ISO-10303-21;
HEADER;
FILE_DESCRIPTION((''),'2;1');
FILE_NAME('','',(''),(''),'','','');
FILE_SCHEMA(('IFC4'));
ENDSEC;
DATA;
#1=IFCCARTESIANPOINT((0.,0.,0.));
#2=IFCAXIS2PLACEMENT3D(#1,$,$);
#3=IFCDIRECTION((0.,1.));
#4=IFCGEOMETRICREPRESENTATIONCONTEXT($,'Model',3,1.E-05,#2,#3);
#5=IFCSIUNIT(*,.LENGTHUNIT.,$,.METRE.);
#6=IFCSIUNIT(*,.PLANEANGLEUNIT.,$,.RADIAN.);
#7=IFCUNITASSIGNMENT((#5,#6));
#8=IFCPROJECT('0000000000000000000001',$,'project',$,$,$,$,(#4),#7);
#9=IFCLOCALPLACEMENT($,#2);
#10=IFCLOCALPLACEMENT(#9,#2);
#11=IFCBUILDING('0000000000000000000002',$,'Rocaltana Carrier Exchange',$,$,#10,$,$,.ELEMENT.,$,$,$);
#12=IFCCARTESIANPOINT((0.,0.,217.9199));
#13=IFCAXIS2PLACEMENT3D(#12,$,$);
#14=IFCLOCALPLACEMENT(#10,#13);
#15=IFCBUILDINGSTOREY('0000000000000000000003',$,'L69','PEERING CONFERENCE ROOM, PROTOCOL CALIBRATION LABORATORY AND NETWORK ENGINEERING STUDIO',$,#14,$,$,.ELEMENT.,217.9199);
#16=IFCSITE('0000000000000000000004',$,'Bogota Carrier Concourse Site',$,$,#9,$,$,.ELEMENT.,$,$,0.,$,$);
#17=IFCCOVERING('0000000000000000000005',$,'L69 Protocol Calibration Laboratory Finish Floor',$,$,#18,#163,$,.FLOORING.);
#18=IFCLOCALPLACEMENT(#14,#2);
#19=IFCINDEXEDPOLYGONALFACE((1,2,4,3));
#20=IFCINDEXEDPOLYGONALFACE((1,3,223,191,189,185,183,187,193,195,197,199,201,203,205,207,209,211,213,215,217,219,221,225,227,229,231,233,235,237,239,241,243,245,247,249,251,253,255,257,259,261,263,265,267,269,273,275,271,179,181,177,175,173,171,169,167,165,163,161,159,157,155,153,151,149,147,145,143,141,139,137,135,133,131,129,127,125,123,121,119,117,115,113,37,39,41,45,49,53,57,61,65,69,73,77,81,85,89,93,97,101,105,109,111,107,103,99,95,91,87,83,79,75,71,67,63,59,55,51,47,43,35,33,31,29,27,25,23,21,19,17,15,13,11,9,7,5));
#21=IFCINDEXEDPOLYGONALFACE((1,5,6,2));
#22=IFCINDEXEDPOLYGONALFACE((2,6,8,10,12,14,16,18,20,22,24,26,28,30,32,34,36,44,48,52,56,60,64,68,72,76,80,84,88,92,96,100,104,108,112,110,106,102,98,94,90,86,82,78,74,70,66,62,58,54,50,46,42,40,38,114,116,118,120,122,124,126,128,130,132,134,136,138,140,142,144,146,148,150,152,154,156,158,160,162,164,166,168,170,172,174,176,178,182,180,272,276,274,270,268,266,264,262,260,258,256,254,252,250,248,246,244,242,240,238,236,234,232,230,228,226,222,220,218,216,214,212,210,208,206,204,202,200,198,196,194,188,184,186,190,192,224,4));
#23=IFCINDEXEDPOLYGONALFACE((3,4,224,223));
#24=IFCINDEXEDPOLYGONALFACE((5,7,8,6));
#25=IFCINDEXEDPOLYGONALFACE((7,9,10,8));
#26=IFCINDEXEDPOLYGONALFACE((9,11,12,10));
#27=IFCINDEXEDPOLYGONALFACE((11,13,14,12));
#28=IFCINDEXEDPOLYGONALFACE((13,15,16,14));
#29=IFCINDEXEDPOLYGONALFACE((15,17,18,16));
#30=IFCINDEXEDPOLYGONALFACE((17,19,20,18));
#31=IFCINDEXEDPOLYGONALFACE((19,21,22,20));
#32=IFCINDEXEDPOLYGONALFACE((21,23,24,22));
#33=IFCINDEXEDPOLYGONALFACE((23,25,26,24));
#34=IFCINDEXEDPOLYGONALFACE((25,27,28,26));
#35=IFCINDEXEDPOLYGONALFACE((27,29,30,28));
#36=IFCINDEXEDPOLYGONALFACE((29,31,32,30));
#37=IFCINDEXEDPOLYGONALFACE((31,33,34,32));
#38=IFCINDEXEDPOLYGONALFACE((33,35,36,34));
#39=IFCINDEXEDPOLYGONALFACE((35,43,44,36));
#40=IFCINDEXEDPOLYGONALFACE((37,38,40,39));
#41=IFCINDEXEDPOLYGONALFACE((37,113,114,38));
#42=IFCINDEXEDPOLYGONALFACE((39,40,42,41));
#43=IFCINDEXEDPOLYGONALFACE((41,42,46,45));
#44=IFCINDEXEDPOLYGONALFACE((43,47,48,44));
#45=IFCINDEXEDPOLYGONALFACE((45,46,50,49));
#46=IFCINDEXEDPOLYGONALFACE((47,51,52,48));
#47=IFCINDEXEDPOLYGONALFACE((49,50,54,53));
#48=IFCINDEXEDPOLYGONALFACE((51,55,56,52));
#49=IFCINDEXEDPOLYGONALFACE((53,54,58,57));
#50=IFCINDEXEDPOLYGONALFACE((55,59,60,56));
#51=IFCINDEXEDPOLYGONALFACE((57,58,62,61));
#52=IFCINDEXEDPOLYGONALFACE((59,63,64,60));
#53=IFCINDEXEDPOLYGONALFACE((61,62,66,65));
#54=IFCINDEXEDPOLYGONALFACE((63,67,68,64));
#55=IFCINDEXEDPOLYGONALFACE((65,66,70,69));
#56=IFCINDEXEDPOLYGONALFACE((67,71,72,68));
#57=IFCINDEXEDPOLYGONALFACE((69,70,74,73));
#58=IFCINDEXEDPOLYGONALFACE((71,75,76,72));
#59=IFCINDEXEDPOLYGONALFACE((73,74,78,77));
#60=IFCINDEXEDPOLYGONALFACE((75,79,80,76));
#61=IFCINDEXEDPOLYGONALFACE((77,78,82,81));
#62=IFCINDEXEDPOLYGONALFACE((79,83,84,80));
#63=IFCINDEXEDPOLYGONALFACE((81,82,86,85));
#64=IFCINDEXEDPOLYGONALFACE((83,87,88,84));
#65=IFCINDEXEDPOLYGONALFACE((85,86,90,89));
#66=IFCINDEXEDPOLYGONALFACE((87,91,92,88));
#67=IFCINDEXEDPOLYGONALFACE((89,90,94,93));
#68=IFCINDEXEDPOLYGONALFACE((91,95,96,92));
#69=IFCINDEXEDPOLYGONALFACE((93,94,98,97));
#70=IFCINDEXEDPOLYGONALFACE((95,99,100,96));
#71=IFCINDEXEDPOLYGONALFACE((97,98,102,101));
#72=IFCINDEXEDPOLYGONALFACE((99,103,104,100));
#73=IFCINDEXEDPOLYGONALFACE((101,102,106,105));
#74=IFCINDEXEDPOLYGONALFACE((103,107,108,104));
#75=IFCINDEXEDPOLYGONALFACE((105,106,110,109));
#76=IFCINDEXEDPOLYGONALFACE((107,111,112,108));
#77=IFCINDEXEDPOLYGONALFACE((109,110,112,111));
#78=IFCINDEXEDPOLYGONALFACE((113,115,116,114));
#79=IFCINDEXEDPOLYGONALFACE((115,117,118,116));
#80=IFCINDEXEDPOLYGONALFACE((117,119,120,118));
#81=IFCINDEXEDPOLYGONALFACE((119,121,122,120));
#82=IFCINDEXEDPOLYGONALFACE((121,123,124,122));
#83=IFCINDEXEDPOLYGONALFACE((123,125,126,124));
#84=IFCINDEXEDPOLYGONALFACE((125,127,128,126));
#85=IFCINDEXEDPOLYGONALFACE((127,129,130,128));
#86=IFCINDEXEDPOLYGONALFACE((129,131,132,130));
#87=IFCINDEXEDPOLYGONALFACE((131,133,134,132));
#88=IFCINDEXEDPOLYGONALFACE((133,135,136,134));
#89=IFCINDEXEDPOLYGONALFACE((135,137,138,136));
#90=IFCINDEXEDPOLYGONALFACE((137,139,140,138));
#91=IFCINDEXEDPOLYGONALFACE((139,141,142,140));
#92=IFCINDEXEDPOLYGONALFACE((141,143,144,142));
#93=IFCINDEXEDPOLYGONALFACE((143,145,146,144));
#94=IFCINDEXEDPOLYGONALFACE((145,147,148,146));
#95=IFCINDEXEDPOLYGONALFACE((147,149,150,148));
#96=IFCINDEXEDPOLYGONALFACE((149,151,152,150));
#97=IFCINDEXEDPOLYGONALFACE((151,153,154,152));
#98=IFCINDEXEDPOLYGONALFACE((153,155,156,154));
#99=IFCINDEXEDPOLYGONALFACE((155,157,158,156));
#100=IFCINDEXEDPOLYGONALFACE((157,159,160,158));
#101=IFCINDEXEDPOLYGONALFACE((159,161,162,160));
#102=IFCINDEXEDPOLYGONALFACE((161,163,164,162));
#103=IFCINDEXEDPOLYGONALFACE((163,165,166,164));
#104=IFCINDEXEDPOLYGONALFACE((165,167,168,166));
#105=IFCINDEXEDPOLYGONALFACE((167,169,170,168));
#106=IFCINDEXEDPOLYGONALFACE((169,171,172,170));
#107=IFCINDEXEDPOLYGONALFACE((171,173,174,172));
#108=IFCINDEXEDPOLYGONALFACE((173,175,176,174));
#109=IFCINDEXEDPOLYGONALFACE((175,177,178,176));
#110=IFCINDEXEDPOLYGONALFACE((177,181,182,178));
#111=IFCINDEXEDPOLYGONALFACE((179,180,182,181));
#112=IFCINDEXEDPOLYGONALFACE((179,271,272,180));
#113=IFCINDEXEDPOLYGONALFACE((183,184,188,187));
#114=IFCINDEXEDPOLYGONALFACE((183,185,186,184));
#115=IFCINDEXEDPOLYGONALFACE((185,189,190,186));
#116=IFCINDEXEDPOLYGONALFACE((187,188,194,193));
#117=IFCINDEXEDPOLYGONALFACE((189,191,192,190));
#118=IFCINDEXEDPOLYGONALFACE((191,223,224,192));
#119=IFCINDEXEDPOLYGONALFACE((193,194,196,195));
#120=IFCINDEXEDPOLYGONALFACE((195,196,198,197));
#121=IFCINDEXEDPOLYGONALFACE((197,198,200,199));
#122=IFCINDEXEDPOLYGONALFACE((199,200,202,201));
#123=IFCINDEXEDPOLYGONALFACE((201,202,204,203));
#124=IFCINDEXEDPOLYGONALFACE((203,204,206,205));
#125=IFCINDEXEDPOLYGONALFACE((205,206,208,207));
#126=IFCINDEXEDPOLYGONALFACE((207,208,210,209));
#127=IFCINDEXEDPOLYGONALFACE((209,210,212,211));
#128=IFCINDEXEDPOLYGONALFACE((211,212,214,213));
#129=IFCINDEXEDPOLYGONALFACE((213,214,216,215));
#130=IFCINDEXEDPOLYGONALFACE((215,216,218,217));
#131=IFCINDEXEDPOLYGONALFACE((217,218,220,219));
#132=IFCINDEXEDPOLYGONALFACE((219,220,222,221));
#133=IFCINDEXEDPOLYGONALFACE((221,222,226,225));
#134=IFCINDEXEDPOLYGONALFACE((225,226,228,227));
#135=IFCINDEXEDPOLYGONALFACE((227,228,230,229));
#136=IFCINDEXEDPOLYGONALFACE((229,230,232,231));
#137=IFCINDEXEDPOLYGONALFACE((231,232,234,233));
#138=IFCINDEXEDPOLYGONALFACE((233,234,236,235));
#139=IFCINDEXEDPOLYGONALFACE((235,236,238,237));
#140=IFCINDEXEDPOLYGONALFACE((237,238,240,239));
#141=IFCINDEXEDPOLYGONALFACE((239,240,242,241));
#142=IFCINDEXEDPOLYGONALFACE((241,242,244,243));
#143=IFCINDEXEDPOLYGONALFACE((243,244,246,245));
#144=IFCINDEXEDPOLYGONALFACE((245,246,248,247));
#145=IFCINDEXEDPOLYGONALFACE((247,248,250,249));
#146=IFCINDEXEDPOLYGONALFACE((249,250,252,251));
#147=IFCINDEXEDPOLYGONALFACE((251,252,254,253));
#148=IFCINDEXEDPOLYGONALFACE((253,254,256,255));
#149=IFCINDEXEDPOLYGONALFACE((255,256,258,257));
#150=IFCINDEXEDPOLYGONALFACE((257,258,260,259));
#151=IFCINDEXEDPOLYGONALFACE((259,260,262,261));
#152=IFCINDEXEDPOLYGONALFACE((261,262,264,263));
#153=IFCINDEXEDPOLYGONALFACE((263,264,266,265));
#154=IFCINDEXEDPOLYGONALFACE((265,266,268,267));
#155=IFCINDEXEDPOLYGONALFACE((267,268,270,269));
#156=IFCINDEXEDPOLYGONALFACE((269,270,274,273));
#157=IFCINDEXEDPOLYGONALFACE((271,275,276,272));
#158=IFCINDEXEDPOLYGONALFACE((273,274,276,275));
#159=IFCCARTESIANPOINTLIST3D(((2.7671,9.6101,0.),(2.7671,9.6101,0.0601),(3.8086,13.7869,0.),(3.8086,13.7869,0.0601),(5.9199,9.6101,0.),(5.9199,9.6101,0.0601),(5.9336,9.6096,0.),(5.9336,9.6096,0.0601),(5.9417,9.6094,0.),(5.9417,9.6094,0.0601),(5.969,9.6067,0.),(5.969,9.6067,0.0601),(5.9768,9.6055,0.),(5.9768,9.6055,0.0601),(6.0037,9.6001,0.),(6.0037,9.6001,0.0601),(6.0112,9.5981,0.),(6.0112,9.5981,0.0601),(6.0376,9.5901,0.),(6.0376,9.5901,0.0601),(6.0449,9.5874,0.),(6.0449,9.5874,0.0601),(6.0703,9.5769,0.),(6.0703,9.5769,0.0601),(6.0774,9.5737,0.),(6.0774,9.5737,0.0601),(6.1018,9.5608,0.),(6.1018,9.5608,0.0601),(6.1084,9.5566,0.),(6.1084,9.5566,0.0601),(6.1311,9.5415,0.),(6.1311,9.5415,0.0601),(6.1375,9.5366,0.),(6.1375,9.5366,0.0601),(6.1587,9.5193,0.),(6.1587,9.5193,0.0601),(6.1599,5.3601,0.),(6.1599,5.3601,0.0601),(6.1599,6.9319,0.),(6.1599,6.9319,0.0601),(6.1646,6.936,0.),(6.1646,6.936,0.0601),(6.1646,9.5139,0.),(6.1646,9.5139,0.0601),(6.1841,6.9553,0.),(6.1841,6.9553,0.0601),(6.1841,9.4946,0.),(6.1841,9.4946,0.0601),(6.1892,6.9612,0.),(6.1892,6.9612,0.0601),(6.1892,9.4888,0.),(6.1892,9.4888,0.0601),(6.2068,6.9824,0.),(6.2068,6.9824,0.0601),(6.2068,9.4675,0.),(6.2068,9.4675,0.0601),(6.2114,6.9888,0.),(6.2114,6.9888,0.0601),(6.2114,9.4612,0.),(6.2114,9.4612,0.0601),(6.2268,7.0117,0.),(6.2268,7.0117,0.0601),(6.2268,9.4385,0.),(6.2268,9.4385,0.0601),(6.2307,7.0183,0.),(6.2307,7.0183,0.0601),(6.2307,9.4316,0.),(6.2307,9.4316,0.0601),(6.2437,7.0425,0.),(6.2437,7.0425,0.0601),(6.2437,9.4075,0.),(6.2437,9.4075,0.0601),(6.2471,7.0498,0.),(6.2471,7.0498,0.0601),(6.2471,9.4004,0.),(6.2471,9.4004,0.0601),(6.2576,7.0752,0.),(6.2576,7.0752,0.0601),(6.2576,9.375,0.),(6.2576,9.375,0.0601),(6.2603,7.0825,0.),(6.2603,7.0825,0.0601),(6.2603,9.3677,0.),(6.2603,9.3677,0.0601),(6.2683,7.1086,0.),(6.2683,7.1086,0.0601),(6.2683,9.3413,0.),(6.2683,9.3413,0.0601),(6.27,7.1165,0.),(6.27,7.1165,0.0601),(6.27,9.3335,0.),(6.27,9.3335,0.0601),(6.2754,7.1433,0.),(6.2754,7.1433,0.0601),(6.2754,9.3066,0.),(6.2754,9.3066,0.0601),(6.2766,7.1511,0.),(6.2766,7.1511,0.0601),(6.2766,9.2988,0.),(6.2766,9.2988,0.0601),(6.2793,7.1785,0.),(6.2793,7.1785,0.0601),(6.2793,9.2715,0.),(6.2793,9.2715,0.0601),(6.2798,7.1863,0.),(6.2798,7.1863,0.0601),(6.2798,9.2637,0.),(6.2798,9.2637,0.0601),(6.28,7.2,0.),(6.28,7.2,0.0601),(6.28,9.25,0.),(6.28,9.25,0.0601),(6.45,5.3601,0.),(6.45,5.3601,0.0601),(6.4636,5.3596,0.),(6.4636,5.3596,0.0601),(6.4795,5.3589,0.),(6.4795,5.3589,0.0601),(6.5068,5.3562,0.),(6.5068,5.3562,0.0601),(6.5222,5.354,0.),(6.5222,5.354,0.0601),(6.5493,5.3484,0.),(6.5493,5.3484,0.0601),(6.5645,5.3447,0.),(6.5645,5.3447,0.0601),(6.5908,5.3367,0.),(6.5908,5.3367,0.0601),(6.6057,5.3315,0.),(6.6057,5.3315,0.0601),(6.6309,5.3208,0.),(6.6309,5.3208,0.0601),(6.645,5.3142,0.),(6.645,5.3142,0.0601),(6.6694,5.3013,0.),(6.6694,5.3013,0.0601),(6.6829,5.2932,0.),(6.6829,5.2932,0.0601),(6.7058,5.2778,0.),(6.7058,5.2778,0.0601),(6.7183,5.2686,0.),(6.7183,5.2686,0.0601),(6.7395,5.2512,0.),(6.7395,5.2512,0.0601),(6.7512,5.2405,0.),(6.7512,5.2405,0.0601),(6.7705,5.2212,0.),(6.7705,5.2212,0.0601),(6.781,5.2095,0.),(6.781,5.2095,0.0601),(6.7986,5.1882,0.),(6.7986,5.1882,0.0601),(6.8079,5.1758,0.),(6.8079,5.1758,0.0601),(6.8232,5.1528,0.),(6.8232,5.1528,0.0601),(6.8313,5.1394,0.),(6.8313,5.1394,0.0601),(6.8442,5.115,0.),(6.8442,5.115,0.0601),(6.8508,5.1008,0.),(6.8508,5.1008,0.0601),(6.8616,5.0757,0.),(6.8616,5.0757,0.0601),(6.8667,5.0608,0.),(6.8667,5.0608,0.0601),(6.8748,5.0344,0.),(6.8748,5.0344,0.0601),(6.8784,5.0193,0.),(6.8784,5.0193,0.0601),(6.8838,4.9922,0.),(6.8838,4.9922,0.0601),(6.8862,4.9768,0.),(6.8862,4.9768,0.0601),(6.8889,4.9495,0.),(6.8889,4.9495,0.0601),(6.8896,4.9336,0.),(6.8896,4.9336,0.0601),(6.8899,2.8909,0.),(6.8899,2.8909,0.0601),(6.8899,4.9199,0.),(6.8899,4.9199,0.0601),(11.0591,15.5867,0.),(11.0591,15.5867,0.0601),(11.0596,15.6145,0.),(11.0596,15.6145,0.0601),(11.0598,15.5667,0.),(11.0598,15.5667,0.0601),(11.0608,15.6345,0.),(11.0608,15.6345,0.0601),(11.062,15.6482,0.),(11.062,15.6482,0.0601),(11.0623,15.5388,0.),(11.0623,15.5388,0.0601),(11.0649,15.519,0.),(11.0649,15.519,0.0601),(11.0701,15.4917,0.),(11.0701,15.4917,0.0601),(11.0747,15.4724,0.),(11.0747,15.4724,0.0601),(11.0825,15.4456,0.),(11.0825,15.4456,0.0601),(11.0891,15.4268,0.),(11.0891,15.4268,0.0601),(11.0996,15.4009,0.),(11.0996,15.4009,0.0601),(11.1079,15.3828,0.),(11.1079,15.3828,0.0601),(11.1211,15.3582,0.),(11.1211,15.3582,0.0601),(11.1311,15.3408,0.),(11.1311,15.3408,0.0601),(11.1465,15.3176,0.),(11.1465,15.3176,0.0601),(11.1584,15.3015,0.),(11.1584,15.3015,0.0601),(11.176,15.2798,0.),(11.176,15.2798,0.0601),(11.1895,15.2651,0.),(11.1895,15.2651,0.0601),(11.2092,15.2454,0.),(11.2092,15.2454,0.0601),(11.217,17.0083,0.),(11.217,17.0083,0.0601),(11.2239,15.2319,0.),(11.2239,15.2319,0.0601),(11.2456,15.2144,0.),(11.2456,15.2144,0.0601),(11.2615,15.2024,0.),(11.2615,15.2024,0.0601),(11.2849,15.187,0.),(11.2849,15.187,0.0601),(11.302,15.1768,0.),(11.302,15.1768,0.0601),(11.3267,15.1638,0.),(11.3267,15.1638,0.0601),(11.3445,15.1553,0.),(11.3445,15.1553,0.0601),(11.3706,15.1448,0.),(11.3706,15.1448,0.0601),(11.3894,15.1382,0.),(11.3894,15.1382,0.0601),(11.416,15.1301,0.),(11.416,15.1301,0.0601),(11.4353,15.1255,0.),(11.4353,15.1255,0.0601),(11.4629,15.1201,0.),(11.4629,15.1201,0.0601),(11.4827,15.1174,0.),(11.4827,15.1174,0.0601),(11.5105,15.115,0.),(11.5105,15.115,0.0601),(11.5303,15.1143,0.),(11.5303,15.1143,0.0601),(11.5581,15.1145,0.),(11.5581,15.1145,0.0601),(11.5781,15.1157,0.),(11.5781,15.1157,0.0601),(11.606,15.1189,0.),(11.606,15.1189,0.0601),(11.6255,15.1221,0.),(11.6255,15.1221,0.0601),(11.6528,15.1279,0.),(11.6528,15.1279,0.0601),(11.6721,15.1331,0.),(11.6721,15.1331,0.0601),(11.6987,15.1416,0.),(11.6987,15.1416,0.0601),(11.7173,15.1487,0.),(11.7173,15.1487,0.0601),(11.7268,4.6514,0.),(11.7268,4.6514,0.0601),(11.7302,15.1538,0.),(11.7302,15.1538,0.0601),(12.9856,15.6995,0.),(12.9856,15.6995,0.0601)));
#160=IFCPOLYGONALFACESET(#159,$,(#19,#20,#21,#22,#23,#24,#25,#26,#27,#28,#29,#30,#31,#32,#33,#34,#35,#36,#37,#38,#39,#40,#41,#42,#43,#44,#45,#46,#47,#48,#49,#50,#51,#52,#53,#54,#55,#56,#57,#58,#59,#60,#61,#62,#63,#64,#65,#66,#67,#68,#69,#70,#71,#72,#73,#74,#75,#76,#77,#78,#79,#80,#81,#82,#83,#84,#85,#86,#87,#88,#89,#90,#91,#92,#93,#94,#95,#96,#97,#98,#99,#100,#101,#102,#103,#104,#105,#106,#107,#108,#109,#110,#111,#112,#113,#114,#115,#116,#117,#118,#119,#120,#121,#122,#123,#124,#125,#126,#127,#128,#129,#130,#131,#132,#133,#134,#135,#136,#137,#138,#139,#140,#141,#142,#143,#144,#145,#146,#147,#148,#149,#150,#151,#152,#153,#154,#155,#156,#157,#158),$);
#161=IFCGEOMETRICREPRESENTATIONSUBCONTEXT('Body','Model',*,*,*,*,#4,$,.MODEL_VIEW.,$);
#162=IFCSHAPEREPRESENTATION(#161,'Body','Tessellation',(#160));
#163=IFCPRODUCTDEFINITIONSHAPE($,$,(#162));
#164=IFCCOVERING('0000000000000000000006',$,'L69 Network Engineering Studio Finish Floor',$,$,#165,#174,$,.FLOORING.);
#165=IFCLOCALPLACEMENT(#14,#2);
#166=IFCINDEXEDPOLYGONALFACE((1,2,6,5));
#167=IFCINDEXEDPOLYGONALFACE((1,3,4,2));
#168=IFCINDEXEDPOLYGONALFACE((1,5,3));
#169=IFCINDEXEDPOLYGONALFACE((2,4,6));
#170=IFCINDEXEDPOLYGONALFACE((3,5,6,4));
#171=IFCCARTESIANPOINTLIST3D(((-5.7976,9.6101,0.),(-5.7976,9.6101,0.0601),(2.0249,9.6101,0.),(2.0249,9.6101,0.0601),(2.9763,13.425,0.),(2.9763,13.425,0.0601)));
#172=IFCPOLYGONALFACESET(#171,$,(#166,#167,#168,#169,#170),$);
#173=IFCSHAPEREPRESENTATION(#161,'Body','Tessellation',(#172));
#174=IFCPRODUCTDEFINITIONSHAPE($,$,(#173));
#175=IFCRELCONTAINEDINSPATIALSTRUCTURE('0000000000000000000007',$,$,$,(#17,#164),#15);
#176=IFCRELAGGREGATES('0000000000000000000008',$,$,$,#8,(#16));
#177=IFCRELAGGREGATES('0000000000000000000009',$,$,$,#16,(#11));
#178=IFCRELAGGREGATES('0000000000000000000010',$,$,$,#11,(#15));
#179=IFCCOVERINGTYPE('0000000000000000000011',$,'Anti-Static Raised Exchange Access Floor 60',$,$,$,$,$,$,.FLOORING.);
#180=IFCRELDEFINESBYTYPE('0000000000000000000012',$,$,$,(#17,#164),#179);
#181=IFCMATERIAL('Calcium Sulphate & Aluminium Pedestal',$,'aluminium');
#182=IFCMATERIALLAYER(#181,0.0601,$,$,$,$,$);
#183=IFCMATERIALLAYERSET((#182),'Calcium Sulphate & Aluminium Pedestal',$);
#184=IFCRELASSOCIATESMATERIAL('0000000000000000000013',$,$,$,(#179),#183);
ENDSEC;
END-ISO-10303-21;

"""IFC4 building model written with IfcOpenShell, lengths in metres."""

from ifc_helpers import new_model, si_unit, direction, frame, origin, place, context, subcontext, project, spatial, polyline, outline, extrude, material, layer, layer_set, type_object, element, save


model = new_model("IFC4")

# Units and contexts
model_context = context("Model", 3, precision=1e-05, world=origin(), true_north=direction((0.0, 1.0)))
body_context = subcontext(model_context, "Body", "Model", "MODEL_VIEW")
ifc_project = project(units=[si_unit("LENGTHUNIT", "METRE"), si_unit("PLANEANGLEUNIT", "RADIAN")], contexts=[model_context])

# Site, building, storey
site_placement = place(None, origin())
site = spatial("IfcSite", under=ifc_project, at=site_placement, Name="Bogota Carrier Concourse Site", CompositionType="ELEMENT", RefElevation=0.0)
building_placement = place(site_placement, origin())
building = spatial("IfcBuilding", under=site, at=building_placement, Name="Rocaltana Carrier Exchange", CompositionType="ELEMENT")
storey_placement = place(building_placement, frame((0.0, 0.0, 217.9199)))
storey = spatial("IfcBuildingStorey", under=building, at=storey_placement, Name="L69", Description="PEERING CONFERENCE ROOM, PROTOCOL CALIBRATION LABORATORY AND NETWORK ENGINEERING STUDIO", CompositionType="ELEMENT", Elevation=217.9199)

# Coverings
ifc_material_1 = material(Name="Calcium Sulphate & Aluminium Pedestal", Category="aluminium")
ifc_layer_1 = layer(ifc_material_1, 0.0601)
ifc_layer_set_1 = layer_set([ifc_layer_1], Name="Calcium Sulphate & Aluminium Pedestal")
covering_type_1 = type_object("IfcCoveringType", Name="Anti-Static Raised Exchange Access Floor 60", PredefinedType="FLOORING", material=ifc_layer_set_1)
covering_1_placement = place(storey_placement, origin())
element("IfcCovering", 1, at=covering_1_placement, inside=storey, type_object=covering_type_1, Name="L69 Protocol Calibration Laboratory Finish Floor", PredefinedType="FLOORING", context=body_context, shape_type="SweptSolid", body=[
    extrude(outline(polyline([(6.1599, 6.9319), (6.1646, 6.936), (6.1841, 6.9553), (6.1892, 6.9612), (6.2068, 6.9824), (6.2114, 6.9888), (6.2268, 7.0117), (6.2307, 7.0183), (6.2437, 7.0425), (6.2471, 7.0498), (6.2576, 7.0752), (6.2603, 7.0825), (6.2683, 7.1086), (6.27, 7.1165), (6.2754, 7.1433), (6.2766, 7.1511), (6.2793, 7.1785), (6.2798, 7.1863), (6.28, 7.2), (6.28, 9.25), (6.2798, 9.2637), (6.2793, 9.2715), (6.2766, 9.2988), (6.2754, 9.3066), (6.27, 9.3335), (6.2683, 9.3413), (6.2603, 9.3677), (6.2576, 9.375), (6.2471, 9.4004), (6.2437, 9.4075), (6.2307, 9.4316), (6.2268, 9.4385), (6.2114, 9.4612), (6.2068, 9.4675), (6.1892, 9.4888), (6.1841, 9.4946), (6.1646, 9.5139), (6.1587, 9.5193), (6.1375, 9.5366), (6.1311, 9.5415), (6.1084, 9.5566), (6.1018, 9.5608), (6.0774, 9.5737), (6.0703, 9.5769), (6.0449, 9.5874), (6.0376, 9.5901), (6.0112, 9.5981), (6.0037, 9.6001), (5.9768, 9.6055), (5.969, 9.6067), (5.9417, 9.6094), (5.9336, 9.6096), (5.9199, 9.6101), (2.7671, 9.6101), (3.8086, 13.7869), (11.217, 17.0083), (11.062, 15.6482), (11.0608, 15.6345), (11.0596, 15.6145), (11.0591, 15.5867), (11.0598, 15.5667), (11.0623, 15.5388), (11.0649, 15.519), (11.0701, 15.4917), (11.0747, 15.4724), (11.0825, 15.4456), (11.0891, 15.4268), (11.0996, 15.4009), (11.1079, 15.3828), (11.1211, 15.3582), (11.1311, 15.3408), (11.1465, 15.3176), (11.1584, 15.3015), (11.176, 15.2798), (11.1895, 15.2651), (11.2092, 15.2454), (11.2239, 15.2319), (11.2456, 15.2144), (11.2615, 15.2024), (11.2849, 15.187), (11.302, 15.1768), (11.3267, 15.1638), (11.3445, 15.1553), (11.3706, 15.1448), (11.3894, 15.1382), (11.416, 15.1301), (11.4353, 15.1255), (11.4629, 15.1201), (11.4827, 15.1174), (11.5105, 15.115), (11.5303, 15.1143), (11.5581, 15.1145), (11.5781, 15.1157), (11.606, 15.1189), (11.6255, 15.1221), (11.6528, 15.1279), (11.6721, 15.1331), (11.6987, 15.1416), (11.7173, 15.1487), (11.7302, 15.1538), (12.9856, 15.6995), (11.7268, 4.6514), (6.8899, 2.8909), (6.8899, 4.9199), (6.8896, 4.9336), (6.8889, 4.9495), (6.8862, 4.9768), (6.8838, 4.9922), (6.8784, 5.0193), (6.8748, 5.0344), (6.8667, 5.0608), (6.8616, 5.0757), (6.8508, 5.1008), (6.8442, 5.115), (6.8313, 5.1394), (6.8232, 5.1528), (6.8079, 5.1758), (6.7986, 5.1882), (6.781, 5.2095), (6.7705, 5.2212), (6.7512, 5.2405), (6.7395, 5.2512), (6.7183, 5.2686), (6.7058, 5.2778), (6.6829, 5.2932), (6.6694, 5.3013), (6.645, 5.3142), (6.6309, 5.3208), (6.6057, 5.3315), (6.5908, 5.3367), (6.5645, 5.3447), (6.5493, 5.3484), (6.5222, 5.354), (6.5068, 5.3562), (6.4795, 5.3589), (6.4636, 5.3596), (6.45, 5.3601), (6.1599, 5.3601), (6.1599, 6.9319)])), origin(), (0.0, 0.0, 1.0), 0.0601),
])
covering_2_placement = place(storey_placement, origin())
element("IfcCovering", 2, at=covering_2_placement, inside=storey, type_object=covering_type_1, Name="L69 Network Engineering Studio Finish Floor", PredefinedType="FLOORING", context=body_context, shape_type="SweptSolid", body=[
    extrude(outline(polyline([(-5.7976, 9.6101), (2.9763, 13.425), (2.0249, 9.6101), (-5.7976, 9.6101)])), origin(), (0.0, 0.0, 1.0), 0.0601),
])

save(model, "model.ifc")
